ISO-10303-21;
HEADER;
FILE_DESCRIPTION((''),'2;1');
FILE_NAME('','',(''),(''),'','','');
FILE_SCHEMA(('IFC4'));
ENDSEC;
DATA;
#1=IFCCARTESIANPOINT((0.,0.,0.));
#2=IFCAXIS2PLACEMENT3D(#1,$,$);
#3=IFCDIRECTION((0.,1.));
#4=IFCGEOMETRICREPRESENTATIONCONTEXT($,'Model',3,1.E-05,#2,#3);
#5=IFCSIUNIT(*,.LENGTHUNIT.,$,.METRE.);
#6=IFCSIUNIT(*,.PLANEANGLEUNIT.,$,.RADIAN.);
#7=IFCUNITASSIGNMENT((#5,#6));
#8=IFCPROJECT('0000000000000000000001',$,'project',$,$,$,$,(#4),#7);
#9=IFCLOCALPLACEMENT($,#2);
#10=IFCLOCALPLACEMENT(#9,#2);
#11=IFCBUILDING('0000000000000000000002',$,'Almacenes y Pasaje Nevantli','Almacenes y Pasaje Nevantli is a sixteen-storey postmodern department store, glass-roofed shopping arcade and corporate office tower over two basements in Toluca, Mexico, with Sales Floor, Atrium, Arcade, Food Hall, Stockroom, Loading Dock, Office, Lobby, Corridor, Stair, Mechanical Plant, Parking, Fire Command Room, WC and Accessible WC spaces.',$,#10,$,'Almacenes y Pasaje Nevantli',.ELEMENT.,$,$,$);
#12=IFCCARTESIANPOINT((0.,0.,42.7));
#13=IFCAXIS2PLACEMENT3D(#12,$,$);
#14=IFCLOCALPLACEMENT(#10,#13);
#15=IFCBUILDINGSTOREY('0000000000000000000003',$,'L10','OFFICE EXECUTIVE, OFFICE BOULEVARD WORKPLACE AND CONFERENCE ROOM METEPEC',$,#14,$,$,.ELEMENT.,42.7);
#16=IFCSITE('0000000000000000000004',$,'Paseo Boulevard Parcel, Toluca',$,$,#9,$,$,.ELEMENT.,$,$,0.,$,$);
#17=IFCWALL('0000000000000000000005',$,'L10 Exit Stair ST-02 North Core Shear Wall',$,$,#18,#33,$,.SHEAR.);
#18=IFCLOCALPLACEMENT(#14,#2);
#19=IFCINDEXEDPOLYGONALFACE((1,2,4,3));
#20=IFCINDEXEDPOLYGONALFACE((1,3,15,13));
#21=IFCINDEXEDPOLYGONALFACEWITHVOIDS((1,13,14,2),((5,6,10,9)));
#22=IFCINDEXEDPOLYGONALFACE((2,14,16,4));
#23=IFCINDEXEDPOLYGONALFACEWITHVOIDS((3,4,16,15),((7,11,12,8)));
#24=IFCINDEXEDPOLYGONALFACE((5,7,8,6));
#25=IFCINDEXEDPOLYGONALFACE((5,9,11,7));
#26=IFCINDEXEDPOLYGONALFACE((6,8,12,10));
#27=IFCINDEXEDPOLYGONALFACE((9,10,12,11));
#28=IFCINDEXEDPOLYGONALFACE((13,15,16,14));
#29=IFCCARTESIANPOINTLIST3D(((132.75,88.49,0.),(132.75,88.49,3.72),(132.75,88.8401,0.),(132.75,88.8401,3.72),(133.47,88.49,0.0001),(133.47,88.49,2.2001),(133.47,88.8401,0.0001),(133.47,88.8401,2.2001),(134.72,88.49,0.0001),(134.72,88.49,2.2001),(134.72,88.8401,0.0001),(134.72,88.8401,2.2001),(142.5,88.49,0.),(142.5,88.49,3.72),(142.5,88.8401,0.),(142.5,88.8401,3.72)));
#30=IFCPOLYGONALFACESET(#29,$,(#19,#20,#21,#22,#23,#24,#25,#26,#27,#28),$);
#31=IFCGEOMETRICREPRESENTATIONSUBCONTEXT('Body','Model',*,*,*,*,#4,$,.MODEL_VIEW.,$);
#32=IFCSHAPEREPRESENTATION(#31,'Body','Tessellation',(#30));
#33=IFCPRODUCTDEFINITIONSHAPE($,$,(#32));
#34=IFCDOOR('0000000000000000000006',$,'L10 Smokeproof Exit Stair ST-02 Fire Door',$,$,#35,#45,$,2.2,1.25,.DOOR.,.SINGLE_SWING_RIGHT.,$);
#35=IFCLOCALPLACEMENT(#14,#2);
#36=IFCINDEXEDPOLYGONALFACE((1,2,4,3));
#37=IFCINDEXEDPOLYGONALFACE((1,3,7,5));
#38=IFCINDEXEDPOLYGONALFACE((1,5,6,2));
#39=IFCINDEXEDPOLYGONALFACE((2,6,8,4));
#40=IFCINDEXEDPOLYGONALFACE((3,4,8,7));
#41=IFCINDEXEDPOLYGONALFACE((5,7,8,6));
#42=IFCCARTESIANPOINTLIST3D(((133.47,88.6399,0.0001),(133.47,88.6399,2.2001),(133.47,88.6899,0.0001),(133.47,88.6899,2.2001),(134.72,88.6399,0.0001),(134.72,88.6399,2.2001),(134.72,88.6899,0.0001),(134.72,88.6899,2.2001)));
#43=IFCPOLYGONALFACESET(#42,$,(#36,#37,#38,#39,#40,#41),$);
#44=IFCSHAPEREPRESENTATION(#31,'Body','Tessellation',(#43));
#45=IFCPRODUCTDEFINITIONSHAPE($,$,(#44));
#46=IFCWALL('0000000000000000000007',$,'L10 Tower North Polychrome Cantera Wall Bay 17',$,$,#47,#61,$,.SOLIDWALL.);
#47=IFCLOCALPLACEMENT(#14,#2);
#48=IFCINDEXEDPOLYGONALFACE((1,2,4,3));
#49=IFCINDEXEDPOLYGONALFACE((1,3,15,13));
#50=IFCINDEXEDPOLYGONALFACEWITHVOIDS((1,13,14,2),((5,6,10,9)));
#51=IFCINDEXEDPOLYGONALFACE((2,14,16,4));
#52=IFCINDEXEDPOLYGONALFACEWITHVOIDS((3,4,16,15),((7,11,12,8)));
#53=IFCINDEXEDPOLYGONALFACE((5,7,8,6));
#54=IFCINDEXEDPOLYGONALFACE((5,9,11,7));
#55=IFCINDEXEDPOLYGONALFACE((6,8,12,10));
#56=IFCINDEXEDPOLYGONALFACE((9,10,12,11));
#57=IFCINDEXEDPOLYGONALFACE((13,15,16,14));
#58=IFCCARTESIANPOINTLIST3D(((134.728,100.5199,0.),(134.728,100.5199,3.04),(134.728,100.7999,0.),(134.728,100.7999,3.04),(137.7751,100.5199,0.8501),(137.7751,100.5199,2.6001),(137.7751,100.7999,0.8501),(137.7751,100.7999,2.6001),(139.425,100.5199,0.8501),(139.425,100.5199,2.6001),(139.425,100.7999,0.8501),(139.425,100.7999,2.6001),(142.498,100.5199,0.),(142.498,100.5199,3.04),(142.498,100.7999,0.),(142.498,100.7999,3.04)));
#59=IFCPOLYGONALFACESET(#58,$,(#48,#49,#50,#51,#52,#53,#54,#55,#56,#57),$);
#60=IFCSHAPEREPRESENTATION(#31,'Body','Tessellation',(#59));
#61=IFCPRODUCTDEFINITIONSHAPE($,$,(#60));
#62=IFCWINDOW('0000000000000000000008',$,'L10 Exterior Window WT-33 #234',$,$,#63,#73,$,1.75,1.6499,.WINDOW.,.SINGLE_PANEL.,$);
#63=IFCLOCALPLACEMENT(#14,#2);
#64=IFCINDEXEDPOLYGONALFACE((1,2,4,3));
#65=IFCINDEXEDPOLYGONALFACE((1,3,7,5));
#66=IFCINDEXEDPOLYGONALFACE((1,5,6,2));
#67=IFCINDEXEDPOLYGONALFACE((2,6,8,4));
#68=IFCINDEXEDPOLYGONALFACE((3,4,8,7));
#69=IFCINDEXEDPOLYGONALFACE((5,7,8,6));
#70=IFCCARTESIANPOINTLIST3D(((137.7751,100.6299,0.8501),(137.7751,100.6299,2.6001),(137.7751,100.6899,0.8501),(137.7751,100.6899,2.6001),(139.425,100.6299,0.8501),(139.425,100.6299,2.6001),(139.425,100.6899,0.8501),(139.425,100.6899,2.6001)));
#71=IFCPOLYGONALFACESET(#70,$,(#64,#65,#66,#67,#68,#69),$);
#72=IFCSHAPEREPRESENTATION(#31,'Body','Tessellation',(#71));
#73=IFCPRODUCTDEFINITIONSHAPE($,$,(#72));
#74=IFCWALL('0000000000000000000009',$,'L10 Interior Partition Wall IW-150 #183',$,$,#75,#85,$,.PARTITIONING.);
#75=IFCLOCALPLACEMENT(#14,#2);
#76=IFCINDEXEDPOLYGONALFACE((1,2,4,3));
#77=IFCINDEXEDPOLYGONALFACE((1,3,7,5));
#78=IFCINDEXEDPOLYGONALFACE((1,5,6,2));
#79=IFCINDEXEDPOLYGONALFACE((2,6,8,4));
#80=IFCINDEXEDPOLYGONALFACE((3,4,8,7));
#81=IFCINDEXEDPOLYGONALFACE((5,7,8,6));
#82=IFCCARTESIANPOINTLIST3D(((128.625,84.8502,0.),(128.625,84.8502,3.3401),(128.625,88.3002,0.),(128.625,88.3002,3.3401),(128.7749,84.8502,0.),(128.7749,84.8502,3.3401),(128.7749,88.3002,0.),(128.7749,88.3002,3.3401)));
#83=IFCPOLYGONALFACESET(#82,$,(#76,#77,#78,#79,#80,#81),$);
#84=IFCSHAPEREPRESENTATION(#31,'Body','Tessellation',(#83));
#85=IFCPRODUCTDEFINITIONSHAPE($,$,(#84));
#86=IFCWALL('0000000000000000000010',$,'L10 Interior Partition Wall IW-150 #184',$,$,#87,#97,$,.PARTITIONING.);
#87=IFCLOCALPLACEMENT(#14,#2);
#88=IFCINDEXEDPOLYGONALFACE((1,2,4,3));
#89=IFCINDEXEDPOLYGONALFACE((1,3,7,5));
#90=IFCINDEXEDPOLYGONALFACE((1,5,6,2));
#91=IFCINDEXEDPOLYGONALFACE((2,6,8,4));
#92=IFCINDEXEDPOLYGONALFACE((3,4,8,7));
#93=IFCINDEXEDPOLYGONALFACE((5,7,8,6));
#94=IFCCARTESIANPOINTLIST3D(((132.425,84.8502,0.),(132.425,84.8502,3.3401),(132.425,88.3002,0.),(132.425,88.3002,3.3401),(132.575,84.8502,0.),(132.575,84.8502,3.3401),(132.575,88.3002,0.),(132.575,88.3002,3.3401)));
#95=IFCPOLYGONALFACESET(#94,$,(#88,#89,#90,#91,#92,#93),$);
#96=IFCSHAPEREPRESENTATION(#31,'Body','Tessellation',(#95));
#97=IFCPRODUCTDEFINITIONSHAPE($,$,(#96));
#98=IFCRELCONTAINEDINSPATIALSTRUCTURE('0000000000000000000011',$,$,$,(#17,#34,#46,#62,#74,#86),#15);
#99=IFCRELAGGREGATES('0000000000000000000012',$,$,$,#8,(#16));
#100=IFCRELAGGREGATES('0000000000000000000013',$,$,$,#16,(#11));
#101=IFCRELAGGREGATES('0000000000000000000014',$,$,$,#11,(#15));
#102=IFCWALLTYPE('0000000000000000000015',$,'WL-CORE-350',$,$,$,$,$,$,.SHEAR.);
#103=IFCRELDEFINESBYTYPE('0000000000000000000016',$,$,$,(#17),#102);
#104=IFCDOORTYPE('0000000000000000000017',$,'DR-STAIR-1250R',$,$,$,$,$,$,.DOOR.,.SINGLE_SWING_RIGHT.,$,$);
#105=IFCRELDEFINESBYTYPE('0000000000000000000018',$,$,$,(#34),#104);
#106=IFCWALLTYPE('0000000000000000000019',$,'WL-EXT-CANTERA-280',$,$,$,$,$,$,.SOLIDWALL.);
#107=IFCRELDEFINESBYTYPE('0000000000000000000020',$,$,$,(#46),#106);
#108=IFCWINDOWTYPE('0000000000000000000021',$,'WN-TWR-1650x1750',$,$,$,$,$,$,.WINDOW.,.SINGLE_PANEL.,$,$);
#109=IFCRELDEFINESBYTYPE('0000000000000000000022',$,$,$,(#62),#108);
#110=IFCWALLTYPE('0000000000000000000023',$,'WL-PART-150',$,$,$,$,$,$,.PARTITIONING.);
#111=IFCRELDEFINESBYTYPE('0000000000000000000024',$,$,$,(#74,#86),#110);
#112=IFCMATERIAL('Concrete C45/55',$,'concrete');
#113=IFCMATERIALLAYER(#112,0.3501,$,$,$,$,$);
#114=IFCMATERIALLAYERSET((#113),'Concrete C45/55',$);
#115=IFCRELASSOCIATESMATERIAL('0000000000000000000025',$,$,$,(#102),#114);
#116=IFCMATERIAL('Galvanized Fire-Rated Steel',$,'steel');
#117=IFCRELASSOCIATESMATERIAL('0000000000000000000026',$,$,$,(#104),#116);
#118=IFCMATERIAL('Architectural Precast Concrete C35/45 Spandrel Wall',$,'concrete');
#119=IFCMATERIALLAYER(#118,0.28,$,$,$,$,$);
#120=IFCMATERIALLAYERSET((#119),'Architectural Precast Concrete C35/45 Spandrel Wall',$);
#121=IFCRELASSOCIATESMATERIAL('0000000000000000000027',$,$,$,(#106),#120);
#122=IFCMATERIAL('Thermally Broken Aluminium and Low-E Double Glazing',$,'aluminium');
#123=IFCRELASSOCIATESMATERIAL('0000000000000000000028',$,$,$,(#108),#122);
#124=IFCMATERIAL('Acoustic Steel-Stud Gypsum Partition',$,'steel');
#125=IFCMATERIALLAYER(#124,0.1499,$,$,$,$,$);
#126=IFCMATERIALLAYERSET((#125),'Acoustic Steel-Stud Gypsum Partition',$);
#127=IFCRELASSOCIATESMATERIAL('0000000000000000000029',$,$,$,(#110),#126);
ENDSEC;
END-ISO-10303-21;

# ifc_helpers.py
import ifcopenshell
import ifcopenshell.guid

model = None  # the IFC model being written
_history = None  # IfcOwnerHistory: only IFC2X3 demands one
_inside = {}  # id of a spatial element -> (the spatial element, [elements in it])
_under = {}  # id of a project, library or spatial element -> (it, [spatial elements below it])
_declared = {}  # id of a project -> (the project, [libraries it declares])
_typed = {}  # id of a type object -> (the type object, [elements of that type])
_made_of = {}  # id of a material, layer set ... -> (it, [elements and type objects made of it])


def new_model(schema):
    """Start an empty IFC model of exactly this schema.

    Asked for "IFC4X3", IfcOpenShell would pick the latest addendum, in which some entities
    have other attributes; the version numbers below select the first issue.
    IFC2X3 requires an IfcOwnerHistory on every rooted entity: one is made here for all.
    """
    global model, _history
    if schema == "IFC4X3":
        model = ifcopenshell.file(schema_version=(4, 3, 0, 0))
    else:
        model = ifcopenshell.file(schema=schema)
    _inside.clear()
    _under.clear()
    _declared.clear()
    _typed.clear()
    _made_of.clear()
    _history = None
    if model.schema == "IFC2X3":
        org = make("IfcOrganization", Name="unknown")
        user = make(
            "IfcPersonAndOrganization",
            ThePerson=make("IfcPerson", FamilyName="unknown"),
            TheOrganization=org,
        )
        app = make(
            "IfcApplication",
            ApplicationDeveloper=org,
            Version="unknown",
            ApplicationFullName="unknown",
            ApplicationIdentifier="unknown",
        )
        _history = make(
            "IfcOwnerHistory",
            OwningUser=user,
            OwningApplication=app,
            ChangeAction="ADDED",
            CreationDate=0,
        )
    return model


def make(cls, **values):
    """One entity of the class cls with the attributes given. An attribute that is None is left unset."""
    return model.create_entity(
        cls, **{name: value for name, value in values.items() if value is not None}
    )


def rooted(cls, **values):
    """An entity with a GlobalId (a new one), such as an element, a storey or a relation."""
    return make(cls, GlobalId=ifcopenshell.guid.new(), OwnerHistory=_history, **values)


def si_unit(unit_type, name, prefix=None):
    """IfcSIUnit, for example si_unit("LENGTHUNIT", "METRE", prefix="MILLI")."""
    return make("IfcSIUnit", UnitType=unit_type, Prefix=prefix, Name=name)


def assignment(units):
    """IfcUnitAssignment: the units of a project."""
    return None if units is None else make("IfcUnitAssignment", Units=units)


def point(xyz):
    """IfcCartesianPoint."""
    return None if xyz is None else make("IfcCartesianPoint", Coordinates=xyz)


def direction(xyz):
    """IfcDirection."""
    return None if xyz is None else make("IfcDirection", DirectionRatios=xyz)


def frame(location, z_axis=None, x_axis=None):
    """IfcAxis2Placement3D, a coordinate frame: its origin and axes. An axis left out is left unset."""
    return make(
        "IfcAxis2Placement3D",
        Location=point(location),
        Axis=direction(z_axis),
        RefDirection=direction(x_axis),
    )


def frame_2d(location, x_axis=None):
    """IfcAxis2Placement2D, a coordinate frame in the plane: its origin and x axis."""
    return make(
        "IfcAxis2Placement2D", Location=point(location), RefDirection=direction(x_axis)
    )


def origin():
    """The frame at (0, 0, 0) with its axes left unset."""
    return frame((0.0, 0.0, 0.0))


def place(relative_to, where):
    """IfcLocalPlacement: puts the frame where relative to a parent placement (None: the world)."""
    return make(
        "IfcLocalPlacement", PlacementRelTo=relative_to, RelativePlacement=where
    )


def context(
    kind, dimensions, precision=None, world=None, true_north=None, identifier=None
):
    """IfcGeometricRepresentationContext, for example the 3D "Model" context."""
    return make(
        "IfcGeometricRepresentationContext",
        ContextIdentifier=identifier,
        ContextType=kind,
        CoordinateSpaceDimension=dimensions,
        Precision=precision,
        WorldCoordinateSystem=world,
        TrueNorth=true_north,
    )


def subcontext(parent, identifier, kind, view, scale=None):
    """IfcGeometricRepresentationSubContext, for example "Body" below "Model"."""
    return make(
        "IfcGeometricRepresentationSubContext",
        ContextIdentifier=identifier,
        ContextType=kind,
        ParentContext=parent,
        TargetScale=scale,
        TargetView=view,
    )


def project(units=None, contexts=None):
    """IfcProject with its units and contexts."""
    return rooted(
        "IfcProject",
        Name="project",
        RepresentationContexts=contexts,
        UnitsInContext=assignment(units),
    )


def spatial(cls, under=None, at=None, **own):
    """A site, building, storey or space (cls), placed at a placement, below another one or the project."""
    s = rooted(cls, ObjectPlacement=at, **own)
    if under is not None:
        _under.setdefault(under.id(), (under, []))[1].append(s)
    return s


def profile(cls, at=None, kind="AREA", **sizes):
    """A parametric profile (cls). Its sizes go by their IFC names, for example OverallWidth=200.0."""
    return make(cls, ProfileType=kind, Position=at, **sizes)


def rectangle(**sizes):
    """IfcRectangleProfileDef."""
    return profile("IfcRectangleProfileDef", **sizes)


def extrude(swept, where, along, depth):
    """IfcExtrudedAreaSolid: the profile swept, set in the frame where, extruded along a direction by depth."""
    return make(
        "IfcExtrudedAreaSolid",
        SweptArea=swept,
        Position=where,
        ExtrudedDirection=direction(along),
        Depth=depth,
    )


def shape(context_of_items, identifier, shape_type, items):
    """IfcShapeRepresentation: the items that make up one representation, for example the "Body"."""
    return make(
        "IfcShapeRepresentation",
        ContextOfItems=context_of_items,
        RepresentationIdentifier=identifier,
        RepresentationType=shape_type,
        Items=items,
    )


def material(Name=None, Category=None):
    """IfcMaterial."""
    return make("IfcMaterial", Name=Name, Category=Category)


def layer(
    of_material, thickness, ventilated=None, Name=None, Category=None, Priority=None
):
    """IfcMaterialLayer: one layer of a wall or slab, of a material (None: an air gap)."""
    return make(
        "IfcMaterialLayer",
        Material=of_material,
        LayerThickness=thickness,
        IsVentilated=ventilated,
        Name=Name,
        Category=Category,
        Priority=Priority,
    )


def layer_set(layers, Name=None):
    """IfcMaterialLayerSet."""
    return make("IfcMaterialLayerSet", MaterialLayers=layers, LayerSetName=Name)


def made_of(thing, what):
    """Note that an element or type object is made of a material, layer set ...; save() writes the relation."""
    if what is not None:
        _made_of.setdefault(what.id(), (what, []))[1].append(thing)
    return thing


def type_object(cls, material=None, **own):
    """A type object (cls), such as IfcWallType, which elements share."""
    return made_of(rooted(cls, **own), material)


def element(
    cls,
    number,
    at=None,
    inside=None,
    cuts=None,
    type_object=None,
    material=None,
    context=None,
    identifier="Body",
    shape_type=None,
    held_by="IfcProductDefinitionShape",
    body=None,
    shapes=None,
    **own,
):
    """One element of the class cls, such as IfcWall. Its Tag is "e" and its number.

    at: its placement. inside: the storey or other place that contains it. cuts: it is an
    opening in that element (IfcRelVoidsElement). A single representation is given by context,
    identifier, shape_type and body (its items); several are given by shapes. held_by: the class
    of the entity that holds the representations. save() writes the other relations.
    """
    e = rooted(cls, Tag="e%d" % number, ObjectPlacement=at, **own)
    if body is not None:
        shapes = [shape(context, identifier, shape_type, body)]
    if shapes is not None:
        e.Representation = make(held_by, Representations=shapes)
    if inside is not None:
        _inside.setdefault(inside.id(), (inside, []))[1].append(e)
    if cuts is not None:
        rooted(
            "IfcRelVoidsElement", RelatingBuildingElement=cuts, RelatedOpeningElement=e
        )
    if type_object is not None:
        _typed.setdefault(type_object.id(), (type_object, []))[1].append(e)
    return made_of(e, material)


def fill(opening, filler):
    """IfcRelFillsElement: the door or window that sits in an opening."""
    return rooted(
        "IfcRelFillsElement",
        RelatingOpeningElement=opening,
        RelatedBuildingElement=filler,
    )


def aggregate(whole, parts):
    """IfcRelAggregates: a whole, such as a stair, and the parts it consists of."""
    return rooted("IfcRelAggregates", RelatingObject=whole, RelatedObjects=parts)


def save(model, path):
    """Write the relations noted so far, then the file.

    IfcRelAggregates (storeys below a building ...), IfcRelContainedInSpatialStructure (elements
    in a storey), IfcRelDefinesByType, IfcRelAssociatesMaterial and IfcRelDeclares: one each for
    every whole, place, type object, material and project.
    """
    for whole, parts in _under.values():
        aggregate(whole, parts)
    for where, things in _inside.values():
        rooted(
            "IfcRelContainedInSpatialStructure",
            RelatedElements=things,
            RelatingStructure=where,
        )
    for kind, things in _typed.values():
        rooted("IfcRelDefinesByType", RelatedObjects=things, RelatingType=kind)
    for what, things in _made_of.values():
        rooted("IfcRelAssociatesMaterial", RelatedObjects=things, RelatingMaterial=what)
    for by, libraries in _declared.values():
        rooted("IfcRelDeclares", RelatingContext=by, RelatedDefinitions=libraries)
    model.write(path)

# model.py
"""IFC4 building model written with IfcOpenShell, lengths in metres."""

from ifc_helpers import new_model, si_unit, direction, frame, frame_2d, origin, place, context, subcontext, project, spatial, rectangle, extrude, material, layer, layer_set, type_object, element, fill, save


model = new_model("IFC4")

# Units and contexts
model_context = context("Model", 3, precision=1e-05, world=origin(), true_north=direction((0.0, 1.0)))
body_context = subcontext(model_context, "Body", "Model", "MODEL_VIEW")
ifc_project = project(units=[si_unit("LENGTHUNIT", "METRE"), si_unit("PLANEANGLEUNIT", "RADIAN")], contexts=[model_context])

# Site, building, storey
site_placement = place(None, origin())
site = spatial("IfcSite", under=ifc_project, at=site_placement, Name="Paseo Boulevard Parcel, Toluca", CompositionType="ELEMENT", RefElevation=0.0)
building_placement = place(site_placement, origin())
building = spatial("IfcBuilding", under=site, at=building_placement, Name="Almacenes y Pasaje Nevantli", Description="Almacenes y Pasaje Nevantli is a sixteen-storey postmodern department store, glass-roofed shopping arcade and corporate office tower over two basements in Toluca, Mexico, with Sales Floor, Atrium, Arcade, Food Hall, Stockroom, Loading Dock, Office, Lobby, Corridor, Stair, Mechanical Plant, Parking, Fire Command Room, WC and Accessible WC spaces.", LongName="Almacenes y Pasaje Nevantli", CompositionType="ELEMENT")
storey_placement = place(building_placement, frame((0.0, 0.0, 42.7)))
storey = spatial("IfcBuildingStorey", under=building, at=storey_placement, Name="L10", Description="OFFICE EXECUTIVE, OFFICE BOULEVARD WORKPLACE AND CONFERENCE ROOM METEPEC", CompositionType="ELEMENT", Elevation=42.7)

# Wall, opening, door
ifc_material_1 = material(Name="Concrete C45/55", Category="concrete")
ifc_layer_1 = layer(ifc_material_1, 0.3501)
ifc_layer_set_1 = layer_set([ifc_layer_1], Name="Concrete C45/55")
wall_type_1 = type_object("IfcWallType", Name="WL-CORE-350", PredefinedType="SHEAR", material=ifc_layer_set_1)
wall_1_placement = place(storey_placement, frame((132.75, 88.665, 0.0), z_axis=(0.0, 0.0, 1.0), x_axis=(1.0, 0.0, 0.0)))
wall_1 = element("IfcWall", 1, at=wall_1_placement, inside=storey, type_object=wall_type_1, Name="L10 Exit Stair ST-02 North Core Shear Wall", PredefinedType="SHEAR", context=body_context, shape_type="SweptSolid", body=[
    extrude(rectangle(XDim=9.75, YDim=0.3501, at=frame_2d((4.875, 0.0))), origin(), (0.0, 0.0, 1.0), 3.72),
])
opening_1_placement = place(wall_1_placement, frame((0.72, 0.0, 0.0)))
opening_1 = element("IfcOpeningElement", 2, at=opening_1_placement, cuts=wall_1, PredefinedType="OPENING", context=body_context, shape_type="SweptSolid", body=[
    extrude(rectangle(XDim=1.25, YDim=2.2, at=frame_2d((0.625, 1.1001))), frame((0.0, 0.1851, 0.0), z_axis=(0.0, -1.0, 0.0), x_axis=(1.0, 0.0, 0.0)), (0.0, 0.0, 1.0), 0.3701),
])
ifc_material_2 = material(Name="Galvanized Fire-Rated Steel", Category="steel")
door_type_1 = type_object("IfcDoorType", Name="DR-STAIR-1250R", OperationType="SINGLE_SWING_RIGHT", PredefinedType="DOOR", material=ifc_material_2)
door_1_placement = place(opening_1_placement, origin())
door_1 = element("IfcDoor", 3, at=door_1_placement, inside=storey, type_object=door_type_1, Name="L10 Smokeproof Exit Stair ST-02 Fire Door", OperationType="SINGLE_SWING_RIGHT", OverallHeight=2.2, OverallWidth=1.25, PredefinedType="DOOR", context=body_context, shape_type="SweptSolid", body=[
    extrude(rectangle(XDim=1.25, YDim=2.2, at=frame_2d((0.625, 1.1001))), frame((0.0, 0.0249, 0.0), z_axis=(0.0, -1.0, 0.0), x_axis=(1.0, 0.0, 0.0)), (0.0, 0.0, 1.0), 0.05),
])
fill(opening_1, door_1)

# Wall, opening, window
ifc_material_3 = material(Name="Architectural Precast Concrete C35/45 Spandrel Wall", Category="concrete")
ifc_layer_2 = layer(ifc_material_3, 0.28)
ifc_layer_set_2 = layer_set([ifc_layer_2], Name="Architectural Precast Concrete C35/45 Spandrel Wall")
wall_type_2 = type_object("IfcWallType", Name="WL-EXT-CANTERA-280", PredefinedType="SOLIDWALL", material=ifc_layer_set_2)
wall_2_placement = place(storey_placement, frame((134.728, 100.6599, 0.0), z_axis=(0.0, 0.0, 1.0), x_axis=(1.0, 0.0, 0.0)))
wall_2 = element("IfcWall", 4, at=wall_2_placement, inside=storey, type_object=wall_type_2, Name="L10 Tower North Polychrome Cantera Wall Bay 17", PredefinedType="SOLIDWALL", context=body_context, shape_type="SweptSolid", body=[
    extrude(rectangle(XDim=7.77, YDim=0.28, at=frame_2d((3.885, 0.0))), origin(), (0.0, 0.0, 1.0), 3.04),
])
opening_2_placement = place(wall_2_placement, frame((3.0471, 0.0, 0.8501)))
opening_2 = element("IfcOpeningElement", 5, at=opening_2_placement, cuts=wall_2, PredefinedType="OPENING", context=body_context, shape_type="SweptSolid", body=[
    extrude(rectangle(XDim=1.6499, YDim=1.75, at=frame_2d((0.825, 0.875))), frame((0.0, 0.1499, 0.0), z_axis=(0.0, -1.0, 0.0), x_axis=(1.0, 0.0, 0.0)), (0.0, 0.0, 1.0), 0.3),
])
ifc_material_4 = material(Name="Thermally Broken Aluminium and Low-E Double Glazing", Category="aluminium")
window_type = type_object("IfcWindowType", Name="WN-TWR-1650x1750", PartitioningType="SINGLE_PANEL", PredefinedType="WINDOW", material=ifc_material_4)
window_placement = place(opening_2_placement, origin())
window = element("IfcWindow", 6, at=window_placement, inside=storey, type_object=window_type, Name="L10 Exterior Window WT-33 #234", OverallHeight=1.75, OverallWidth=1.6499, PartitioningType="SINGLE_PANEL", PredefinedType="WINDOW", context=body_context, shape_type="SweptSolid", body=[
    extrude(rectangle(XDim=1.6499, YDim=1.75, at=frame_2d((0.825, 0.875))), frame((0.0, 0.03, 0.0), z_axis=(0.0, -1.0, 0.0), x_axis=(1.0, 0.0, 0.0)), (0.0, 0.0, 1.0), 0.0601),
])
fill(opening_2, window)

# Shared definitions
ifc_material_5 = material(Name="Acoustic Steel-Stud Gypsum Partition", Category="steel")
ifc_layer_3 = layer(ifc_material_5, 0.1499)
ifc_layer_set_3 = layer_set([ifc_layer_3], Name="Acoustic Steel-Stud Gypsum Partition")
wall_type_3 = type_object("IfcWallType", Name="WL-PART-150", PredefinedType="PARTITIONING", material=ifc_layer_set_3)

# Walls
for number, where, z_axis, x_axis, name in (
    (7, (128.7, 84.8501, 0.0), (0.0, 0.0, 1.0), (0.0, 1.0, 0.0), "L10 Interior Partition Wall IW-150 #183"),
    (8, (132.5, 84.8501, 0.0), (0.0, 0.0, 1.0), (0.0, 1.0, 0.0), "L10 Interior Partition Wall IW-150 #184"),
):
    element("IfcWall", number, at=place(storey_placement, frame(where, z_axis=z_axis, x_axis=x_axis)), inside=storey, type_object=wall_type_3, Name=name, PredefinedType="PARTITIONING", context=body_context, shape_type="SweptSolid", body=[
        extrude(rectangle(XDim=3.45, YDim=0.1499, at=frame_2d((1.7251, 0.0))), origin(), (0.0, 0.0, 1.0), 3.3401),
    ])

save(model, "model.ifc")
